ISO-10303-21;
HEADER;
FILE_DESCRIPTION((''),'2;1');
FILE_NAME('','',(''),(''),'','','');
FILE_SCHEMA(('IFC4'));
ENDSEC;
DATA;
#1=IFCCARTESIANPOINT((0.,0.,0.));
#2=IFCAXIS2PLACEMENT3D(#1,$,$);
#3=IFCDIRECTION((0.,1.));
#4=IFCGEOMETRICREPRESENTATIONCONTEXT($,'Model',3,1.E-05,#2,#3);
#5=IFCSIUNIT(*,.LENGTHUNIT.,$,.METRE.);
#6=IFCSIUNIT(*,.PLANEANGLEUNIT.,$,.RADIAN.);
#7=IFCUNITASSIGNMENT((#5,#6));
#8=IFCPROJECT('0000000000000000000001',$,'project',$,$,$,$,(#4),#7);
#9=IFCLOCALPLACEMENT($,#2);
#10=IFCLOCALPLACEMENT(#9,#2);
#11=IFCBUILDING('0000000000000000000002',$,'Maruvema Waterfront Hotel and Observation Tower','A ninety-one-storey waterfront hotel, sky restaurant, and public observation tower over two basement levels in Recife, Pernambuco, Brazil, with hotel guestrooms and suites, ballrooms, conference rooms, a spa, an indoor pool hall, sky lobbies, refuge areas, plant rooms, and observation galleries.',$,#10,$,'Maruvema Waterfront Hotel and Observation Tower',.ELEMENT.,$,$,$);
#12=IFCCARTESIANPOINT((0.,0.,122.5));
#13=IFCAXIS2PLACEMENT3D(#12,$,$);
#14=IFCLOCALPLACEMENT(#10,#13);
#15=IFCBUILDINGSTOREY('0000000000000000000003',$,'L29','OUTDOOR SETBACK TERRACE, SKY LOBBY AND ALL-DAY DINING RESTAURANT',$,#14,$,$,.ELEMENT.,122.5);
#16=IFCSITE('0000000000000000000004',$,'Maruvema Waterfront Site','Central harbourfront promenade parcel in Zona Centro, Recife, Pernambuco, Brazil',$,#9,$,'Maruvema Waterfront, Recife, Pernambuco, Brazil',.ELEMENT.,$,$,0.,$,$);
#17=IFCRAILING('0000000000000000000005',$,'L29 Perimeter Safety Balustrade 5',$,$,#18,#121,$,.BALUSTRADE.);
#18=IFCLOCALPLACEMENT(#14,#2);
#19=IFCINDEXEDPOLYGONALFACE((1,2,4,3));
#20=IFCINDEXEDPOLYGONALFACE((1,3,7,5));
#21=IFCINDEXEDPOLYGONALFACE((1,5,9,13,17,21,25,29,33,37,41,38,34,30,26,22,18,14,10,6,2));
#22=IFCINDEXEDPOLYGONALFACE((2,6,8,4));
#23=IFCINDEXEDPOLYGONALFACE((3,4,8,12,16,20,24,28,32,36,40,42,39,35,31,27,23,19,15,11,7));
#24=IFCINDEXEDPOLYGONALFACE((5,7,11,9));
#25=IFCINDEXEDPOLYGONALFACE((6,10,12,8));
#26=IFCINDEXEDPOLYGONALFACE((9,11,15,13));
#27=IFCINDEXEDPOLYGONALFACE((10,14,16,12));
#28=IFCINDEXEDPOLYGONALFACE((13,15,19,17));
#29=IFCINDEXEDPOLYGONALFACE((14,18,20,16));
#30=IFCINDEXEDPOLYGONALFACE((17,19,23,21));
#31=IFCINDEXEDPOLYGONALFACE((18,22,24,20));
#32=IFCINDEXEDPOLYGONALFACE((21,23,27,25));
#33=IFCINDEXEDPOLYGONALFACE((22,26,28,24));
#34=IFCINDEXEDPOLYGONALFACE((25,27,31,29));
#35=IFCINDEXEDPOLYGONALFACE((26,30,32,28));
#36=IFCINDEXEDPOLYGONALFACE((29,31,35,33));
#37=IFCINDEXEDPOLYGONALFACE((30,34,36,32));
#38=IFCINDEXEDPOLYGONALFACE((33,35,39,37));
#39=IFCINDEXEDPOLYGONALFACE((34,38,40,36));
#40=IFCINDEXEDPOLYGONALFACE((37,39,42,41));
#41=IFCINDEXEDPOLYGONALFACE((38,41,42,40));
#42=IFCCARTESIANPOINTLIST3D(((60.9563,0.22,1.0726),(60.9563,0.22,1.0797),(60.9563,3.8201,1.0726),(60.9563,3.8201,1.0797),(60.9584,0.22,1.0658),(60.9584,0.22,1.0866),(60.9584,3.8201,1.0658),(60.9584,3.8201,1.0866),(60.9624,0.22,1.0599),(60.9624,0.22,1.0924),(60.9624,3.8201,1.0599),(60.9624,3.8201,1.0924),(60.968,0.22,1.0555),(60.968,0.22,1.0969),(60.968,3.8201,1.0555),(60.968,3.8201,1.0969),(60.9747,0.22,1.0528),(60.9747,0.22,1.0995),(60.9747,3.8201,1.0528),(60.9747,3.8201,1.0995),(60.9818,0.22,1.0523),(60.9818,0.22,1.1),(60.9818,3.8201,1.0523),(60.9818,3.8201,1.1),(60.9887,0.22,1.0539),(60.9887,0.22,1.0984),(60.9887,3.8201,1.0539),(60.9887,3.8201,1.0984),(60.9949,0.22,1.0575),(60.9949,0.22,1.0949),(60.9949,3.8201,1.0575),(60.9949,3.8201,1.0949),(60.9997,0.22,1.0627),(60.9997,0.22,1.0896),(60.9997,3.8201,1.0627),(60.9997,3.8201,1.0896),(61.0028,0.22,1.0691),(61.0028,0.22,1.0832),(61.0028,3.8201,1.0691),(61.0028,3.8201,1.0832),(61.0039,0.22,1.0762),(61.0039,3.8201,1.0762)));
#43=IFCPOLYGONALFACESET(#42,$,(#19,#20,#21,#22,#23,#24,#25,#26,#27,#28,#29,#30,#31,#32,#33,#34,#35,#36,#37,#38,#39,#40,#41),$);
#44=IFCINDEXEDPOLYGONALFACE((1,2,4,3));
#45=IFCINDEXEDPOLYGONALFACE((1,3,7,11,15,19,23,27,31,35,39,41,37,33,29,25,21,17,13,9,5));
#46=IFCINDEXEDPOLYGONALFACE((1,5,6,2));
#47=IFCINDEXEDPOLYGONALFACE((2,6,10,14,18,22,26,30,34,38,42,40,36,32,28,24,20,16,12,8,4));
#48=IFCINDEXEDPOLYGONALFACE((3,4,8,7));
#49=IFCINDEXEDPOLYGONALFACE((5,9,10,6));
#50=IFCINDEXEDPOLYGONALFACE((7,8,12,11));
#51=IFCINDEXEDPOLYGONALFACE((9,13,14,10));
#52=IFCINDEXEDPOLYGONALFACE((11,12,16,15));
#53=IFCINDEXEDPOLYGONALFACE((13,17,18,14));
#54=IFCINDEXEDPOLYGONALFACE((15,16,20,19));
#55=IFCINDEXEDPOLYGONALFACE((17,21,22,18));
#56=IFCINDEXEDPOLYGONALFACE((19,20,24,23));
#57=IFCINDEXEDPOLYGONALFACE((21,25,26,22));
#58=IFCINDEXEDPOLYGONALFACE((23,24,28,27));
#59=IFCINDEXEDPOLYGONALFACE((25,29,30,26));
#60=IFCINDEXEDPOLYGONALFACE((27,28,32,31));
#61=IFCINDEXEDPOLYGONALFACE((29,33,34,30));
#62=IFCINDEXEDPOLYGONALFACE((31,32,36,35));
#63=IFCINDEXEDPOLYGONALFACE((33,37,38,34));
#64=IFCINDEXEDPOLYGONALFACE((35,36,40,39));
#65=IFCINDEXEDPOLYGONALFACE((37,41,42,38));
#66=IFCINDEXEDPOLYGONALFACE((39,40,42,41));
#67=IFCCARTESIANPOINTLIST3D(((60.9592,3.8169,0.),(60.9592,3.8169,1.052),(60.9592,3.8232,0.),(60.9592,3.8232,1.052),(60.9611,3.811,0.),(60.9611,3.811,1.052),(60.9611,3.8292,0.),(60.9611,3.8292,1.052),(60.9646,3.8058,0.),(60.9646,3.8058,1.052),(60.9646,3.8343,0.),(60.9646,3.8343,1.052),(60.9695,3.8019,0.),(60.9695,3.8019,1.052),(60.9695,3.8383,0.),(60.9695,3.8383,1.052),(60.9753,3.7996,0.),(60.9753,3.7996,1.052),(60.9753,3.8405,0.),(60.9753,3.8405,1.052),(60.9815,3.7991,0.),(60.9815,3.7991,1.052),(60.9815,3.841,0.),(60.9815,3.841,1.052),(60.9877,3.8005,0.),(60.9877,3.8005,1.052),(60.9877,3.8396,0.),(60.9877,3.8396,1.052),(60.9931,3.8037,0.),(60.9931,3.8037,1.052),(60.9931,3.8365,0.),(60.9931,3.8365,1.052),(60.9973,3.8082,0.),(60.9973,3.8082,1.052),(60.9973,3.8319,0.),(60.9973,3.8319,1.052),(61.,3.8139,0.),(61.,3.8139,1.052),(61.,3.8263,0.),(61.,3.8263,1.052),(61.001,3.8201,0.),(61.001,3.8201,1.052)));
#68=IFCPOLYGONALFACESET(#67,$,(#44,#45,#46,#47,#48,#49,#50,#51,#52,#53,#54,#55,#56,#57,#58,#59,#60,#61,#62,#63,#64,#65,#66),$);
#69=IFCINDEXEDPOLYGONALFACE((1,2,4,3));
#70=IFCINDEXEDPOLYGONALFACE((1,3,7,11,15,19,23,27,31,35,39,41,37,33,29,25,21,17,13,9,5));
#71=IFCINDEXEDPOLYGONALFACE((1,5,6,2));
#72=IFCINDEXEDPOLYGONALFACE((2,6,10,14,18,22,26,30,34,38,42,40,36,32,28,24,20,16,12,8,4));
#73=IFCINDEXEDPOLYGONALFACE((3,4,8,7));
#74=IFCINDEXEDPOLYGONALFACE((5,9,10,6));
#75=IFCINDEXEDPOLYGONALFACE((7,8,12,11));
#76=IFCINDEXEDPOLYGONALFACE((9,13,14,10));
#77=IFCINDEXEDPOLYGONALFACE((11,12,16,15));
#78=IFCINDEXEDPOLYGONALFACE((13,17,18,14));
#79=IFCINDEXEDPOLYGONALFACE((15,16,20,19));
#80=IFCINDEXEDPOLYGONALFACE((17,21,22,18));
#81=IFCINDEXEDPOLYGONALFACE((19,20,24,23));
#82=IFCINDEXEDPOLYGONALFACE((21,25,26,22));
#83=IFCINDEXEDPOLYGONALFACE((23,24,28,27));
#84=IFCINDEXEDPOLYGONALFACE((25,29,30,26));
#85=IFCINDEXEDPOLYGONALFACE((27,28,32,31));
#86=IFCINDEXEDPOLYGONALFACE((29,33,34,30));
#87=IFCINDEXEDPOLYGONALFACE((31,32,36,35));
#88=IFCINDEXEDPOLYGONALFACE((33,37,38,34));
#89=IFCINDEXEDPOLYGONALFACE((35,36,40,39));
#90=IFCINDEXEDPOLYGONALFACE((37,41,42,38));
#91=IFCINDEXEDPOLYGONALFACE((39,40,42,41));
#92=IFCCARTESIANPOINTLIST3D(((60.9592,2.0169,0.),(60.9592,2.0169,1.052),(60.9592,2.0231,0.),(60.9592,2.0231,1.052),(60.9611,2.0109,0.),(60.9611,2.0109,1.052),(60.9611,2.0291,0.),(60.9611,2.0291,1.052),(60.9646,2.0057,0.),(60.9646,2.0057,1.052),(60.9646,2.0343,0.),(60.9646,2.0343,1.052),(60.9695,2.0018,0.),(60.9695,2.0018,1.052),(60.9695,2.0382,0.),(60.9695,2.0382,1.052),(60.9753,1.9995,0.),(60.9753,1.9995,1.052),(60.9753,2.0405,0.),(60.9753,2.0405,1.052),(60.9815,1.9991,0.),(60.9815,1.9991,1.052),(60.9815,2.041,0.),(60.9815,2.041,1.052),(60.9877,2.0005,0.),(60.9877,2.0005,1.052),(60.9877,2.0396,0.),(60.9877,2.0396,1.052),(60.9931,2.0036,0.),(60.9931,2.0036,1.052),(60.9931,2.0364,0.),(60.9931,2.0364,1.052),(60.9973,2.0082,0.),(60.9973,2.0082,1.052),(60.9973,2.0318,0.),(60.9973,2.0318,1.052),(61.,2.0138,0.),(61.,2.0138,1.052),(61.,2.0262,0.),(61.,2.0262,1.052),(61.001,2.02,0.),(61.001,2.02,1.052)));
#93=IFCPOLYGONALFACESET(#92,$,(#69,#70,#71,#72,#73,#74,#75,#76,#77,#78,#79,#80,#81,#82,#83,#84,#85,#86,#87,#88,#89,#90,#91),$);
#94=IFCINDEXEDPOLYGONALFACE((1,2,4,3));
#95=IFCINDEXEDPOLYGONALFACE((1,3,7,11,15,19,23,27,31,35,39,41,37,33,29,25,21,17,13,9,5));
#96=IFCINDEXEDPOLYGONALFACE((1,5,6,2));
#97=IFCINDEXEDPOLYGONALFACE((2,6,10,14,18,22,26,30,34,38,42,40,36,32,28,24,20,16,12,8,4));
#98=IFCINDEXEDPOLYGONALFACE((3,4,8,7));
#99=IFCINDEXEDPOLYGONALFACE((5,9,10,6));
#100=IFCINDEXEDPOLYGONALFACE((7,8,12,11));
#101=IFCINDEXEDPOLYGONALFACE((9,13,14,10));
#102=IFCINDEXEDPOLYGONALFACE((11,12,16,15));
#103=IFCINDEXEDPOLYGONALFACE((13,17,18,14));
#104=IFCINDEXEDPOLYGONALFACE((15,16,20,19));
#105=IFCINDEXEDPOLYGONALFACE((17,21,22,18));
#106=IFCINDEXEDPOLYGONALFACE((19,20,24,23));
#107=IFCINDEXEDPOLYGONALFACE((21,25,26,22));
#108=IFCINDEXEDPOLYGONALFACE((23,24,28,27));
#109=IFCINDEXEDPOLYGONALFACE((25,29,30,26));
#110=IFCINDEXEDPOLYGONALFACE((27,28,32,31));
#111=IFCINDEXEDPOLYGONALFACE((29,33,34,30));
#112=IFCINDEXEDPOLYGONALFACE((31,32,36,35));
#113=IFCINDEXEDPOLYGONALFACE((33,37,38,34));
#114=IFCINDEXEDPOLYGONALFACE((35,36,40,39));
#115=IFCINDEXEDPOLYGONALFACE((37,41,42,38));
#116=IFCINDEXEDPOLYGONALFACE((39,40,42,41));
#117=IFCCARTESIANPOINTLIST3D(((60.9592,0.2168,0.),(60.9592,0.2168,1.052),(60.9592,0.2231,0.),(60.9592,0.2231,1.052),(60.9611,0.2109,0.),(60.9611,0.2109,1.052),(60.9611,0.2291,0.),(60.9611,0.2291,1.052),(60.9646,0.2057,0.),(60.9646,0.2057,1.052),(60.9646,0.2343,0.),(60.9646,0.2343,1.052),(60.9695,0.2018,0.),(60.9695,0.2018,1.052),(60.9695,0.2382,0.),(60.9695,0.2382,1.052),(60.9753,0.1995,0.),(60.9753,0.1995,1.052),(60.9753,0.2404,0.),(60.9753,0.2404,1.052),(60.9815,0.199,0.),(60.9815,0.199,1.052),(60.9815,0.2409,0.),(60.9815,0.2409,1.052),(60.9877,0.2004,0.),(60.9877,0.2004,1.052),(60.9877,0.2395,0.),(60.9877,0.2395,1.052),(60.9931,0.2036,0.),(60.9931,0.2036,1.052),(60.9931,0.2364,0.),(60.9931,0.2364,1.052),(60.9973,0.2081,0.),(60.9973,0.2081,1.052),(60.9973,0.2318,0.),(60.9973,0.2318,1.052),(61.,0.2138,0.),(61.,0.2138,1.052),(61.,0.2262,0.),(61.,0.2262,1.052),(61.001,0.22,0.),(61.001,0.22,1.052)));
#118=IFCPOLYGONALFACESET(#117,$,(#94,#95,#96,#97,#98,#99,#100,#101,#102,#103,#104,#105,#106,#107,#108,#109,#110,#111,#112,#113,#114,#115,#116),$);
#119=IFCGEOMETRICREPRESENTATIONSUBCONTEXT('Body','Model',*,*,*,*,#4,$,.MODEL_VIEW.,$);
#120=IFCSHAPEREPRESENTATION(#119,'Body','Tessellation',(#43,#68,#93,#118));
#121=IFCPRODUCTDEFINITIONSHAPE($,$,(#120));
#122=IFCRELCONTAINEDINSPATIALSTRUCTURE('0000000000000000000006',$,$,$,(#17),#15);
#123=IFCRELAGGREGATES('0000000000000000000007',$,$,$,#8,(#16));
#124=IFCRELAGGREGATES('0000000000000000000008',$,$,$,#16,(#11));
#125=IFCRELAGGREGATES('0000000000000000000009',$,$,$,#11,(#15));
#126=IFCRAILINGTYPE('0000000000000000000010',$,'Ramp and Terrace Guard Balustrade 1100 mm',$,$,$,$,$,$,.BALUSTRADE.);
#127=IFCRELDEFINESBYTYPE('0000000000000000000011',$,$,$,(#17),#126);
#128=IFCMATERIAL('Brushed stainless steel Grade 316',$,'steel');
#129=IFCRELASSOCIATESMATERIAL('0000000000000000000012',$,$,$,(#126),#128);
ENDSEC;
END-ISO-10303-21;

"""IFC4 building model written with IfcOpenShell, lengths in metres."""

from ifc_helpers import new_model, si_unit, direction, frame, origin, origin_2d, place, context, subcontext, project, spatial, circle, extrude, material, type_object, element, save


model = new_model("IFC4")

# Units and contexts
model_context = context("Model", 3, precision=1e-05, world=origin(), true_north=direction((0.0, 1.0)))
body_context = subcontext(model_context, "Body", "Model", "MODEL_VIEW")
ifc_project = project(units=[si_unit("LENGTHUNIT", "METRE"), si_unit("PLANEANGLEUNIT", "RADIAN")], contexts=[model_context])

# Site, building, storey
site_placement = place(None, origin())
site = spatial("IfcSite", under=ifc_project, at=site_placement, Name="Maruvema Waterfront Site", Description="Central harbourfront promenade parcel in Zona Centro, Recife, Pernambuco, Brazil", LongName="Maruvema Waterfront, Recife, Pernambuco, Brazil", CompositionType="ELEMENT", RefElevation=0.0)
building_placement = place(site_placement, origin())
building = spatial("IfcBuilding", under=site, at=building_placement, Name="Maruvema Waterfront Hotel and Observation Tower", Description="A ninety-one-storey waterfront hotel, sky restaurant, and public observation tower over two basement levels in Recife, Pernambuco, Brazil, with hotel guestrooms and suites, ballrooms, conference rooms, a spa, an indoor pool hall, sky lobbies, refuge areas, plant rooms, and observation galleries.", LongName="Maruvema Waterfront Hotel and Observation Tower", CompositionType="ELEMENT")
storey_placement = place(building_placement, frame((0.0, 0.0, 122.5)))
storey = spatial("IfcBuildingStorey", under=building, at=storey_placement, Name="L29", Description="OUTDOOR SETBACK TERRACE, SKY LOBBY AND ALL-DAY DINING RESTAURANT", CompositionType="ELEMENT", Elevation=122.5)

# Railing
ifc_material_1 = material(Name="Brushed stainless steel Grade 316", Category="steel")
railing_type = type_object("IfcRailingType", Name="Ramp and Terrace Guard Balustrade 1100 mm", PredefinedType="BALUSTRADE", material=ifc_material_1)
railing_1_placement = place(storey_placement, frame((60.98, 3.8201, 0.0)))
element("IfcRailing", 1, at=railing_1_placement, inside=storey, type_object=railing_type, Name="L29 Perimeter Safety Balustrade 5", PredefinedType="BALUSTRADE", context=body_context, shape_type="SweptSolid", body=[
    extrude(circle(Radius=0.0239, at=origin_2d()), frame((0.0, 0.0, 1.0762), z_axis=(0.0, -1.0, 0.0), x_axis=(1.0, 0.0, 0.0)), (0.0, 0.0, 1.0), 3.6001),
    extrude(circle(Radius=0.021, at=origin_2d()), origin(), (0.0, 0.0, 1.0), 1.052),
    extrude(circle(Radius=0.021, at=origin_2d()), frame((0.0, -1.8, 0.0)), (0.0, 0.0, 1.0), 1.052),
    extrude(circle(Radius=0.021, at=origin_2d()), frame((0.0, -3.6001, 0.0)), (0.0, 0.0, 1.0), 1.052),
])

save(model, "model.ifc")
